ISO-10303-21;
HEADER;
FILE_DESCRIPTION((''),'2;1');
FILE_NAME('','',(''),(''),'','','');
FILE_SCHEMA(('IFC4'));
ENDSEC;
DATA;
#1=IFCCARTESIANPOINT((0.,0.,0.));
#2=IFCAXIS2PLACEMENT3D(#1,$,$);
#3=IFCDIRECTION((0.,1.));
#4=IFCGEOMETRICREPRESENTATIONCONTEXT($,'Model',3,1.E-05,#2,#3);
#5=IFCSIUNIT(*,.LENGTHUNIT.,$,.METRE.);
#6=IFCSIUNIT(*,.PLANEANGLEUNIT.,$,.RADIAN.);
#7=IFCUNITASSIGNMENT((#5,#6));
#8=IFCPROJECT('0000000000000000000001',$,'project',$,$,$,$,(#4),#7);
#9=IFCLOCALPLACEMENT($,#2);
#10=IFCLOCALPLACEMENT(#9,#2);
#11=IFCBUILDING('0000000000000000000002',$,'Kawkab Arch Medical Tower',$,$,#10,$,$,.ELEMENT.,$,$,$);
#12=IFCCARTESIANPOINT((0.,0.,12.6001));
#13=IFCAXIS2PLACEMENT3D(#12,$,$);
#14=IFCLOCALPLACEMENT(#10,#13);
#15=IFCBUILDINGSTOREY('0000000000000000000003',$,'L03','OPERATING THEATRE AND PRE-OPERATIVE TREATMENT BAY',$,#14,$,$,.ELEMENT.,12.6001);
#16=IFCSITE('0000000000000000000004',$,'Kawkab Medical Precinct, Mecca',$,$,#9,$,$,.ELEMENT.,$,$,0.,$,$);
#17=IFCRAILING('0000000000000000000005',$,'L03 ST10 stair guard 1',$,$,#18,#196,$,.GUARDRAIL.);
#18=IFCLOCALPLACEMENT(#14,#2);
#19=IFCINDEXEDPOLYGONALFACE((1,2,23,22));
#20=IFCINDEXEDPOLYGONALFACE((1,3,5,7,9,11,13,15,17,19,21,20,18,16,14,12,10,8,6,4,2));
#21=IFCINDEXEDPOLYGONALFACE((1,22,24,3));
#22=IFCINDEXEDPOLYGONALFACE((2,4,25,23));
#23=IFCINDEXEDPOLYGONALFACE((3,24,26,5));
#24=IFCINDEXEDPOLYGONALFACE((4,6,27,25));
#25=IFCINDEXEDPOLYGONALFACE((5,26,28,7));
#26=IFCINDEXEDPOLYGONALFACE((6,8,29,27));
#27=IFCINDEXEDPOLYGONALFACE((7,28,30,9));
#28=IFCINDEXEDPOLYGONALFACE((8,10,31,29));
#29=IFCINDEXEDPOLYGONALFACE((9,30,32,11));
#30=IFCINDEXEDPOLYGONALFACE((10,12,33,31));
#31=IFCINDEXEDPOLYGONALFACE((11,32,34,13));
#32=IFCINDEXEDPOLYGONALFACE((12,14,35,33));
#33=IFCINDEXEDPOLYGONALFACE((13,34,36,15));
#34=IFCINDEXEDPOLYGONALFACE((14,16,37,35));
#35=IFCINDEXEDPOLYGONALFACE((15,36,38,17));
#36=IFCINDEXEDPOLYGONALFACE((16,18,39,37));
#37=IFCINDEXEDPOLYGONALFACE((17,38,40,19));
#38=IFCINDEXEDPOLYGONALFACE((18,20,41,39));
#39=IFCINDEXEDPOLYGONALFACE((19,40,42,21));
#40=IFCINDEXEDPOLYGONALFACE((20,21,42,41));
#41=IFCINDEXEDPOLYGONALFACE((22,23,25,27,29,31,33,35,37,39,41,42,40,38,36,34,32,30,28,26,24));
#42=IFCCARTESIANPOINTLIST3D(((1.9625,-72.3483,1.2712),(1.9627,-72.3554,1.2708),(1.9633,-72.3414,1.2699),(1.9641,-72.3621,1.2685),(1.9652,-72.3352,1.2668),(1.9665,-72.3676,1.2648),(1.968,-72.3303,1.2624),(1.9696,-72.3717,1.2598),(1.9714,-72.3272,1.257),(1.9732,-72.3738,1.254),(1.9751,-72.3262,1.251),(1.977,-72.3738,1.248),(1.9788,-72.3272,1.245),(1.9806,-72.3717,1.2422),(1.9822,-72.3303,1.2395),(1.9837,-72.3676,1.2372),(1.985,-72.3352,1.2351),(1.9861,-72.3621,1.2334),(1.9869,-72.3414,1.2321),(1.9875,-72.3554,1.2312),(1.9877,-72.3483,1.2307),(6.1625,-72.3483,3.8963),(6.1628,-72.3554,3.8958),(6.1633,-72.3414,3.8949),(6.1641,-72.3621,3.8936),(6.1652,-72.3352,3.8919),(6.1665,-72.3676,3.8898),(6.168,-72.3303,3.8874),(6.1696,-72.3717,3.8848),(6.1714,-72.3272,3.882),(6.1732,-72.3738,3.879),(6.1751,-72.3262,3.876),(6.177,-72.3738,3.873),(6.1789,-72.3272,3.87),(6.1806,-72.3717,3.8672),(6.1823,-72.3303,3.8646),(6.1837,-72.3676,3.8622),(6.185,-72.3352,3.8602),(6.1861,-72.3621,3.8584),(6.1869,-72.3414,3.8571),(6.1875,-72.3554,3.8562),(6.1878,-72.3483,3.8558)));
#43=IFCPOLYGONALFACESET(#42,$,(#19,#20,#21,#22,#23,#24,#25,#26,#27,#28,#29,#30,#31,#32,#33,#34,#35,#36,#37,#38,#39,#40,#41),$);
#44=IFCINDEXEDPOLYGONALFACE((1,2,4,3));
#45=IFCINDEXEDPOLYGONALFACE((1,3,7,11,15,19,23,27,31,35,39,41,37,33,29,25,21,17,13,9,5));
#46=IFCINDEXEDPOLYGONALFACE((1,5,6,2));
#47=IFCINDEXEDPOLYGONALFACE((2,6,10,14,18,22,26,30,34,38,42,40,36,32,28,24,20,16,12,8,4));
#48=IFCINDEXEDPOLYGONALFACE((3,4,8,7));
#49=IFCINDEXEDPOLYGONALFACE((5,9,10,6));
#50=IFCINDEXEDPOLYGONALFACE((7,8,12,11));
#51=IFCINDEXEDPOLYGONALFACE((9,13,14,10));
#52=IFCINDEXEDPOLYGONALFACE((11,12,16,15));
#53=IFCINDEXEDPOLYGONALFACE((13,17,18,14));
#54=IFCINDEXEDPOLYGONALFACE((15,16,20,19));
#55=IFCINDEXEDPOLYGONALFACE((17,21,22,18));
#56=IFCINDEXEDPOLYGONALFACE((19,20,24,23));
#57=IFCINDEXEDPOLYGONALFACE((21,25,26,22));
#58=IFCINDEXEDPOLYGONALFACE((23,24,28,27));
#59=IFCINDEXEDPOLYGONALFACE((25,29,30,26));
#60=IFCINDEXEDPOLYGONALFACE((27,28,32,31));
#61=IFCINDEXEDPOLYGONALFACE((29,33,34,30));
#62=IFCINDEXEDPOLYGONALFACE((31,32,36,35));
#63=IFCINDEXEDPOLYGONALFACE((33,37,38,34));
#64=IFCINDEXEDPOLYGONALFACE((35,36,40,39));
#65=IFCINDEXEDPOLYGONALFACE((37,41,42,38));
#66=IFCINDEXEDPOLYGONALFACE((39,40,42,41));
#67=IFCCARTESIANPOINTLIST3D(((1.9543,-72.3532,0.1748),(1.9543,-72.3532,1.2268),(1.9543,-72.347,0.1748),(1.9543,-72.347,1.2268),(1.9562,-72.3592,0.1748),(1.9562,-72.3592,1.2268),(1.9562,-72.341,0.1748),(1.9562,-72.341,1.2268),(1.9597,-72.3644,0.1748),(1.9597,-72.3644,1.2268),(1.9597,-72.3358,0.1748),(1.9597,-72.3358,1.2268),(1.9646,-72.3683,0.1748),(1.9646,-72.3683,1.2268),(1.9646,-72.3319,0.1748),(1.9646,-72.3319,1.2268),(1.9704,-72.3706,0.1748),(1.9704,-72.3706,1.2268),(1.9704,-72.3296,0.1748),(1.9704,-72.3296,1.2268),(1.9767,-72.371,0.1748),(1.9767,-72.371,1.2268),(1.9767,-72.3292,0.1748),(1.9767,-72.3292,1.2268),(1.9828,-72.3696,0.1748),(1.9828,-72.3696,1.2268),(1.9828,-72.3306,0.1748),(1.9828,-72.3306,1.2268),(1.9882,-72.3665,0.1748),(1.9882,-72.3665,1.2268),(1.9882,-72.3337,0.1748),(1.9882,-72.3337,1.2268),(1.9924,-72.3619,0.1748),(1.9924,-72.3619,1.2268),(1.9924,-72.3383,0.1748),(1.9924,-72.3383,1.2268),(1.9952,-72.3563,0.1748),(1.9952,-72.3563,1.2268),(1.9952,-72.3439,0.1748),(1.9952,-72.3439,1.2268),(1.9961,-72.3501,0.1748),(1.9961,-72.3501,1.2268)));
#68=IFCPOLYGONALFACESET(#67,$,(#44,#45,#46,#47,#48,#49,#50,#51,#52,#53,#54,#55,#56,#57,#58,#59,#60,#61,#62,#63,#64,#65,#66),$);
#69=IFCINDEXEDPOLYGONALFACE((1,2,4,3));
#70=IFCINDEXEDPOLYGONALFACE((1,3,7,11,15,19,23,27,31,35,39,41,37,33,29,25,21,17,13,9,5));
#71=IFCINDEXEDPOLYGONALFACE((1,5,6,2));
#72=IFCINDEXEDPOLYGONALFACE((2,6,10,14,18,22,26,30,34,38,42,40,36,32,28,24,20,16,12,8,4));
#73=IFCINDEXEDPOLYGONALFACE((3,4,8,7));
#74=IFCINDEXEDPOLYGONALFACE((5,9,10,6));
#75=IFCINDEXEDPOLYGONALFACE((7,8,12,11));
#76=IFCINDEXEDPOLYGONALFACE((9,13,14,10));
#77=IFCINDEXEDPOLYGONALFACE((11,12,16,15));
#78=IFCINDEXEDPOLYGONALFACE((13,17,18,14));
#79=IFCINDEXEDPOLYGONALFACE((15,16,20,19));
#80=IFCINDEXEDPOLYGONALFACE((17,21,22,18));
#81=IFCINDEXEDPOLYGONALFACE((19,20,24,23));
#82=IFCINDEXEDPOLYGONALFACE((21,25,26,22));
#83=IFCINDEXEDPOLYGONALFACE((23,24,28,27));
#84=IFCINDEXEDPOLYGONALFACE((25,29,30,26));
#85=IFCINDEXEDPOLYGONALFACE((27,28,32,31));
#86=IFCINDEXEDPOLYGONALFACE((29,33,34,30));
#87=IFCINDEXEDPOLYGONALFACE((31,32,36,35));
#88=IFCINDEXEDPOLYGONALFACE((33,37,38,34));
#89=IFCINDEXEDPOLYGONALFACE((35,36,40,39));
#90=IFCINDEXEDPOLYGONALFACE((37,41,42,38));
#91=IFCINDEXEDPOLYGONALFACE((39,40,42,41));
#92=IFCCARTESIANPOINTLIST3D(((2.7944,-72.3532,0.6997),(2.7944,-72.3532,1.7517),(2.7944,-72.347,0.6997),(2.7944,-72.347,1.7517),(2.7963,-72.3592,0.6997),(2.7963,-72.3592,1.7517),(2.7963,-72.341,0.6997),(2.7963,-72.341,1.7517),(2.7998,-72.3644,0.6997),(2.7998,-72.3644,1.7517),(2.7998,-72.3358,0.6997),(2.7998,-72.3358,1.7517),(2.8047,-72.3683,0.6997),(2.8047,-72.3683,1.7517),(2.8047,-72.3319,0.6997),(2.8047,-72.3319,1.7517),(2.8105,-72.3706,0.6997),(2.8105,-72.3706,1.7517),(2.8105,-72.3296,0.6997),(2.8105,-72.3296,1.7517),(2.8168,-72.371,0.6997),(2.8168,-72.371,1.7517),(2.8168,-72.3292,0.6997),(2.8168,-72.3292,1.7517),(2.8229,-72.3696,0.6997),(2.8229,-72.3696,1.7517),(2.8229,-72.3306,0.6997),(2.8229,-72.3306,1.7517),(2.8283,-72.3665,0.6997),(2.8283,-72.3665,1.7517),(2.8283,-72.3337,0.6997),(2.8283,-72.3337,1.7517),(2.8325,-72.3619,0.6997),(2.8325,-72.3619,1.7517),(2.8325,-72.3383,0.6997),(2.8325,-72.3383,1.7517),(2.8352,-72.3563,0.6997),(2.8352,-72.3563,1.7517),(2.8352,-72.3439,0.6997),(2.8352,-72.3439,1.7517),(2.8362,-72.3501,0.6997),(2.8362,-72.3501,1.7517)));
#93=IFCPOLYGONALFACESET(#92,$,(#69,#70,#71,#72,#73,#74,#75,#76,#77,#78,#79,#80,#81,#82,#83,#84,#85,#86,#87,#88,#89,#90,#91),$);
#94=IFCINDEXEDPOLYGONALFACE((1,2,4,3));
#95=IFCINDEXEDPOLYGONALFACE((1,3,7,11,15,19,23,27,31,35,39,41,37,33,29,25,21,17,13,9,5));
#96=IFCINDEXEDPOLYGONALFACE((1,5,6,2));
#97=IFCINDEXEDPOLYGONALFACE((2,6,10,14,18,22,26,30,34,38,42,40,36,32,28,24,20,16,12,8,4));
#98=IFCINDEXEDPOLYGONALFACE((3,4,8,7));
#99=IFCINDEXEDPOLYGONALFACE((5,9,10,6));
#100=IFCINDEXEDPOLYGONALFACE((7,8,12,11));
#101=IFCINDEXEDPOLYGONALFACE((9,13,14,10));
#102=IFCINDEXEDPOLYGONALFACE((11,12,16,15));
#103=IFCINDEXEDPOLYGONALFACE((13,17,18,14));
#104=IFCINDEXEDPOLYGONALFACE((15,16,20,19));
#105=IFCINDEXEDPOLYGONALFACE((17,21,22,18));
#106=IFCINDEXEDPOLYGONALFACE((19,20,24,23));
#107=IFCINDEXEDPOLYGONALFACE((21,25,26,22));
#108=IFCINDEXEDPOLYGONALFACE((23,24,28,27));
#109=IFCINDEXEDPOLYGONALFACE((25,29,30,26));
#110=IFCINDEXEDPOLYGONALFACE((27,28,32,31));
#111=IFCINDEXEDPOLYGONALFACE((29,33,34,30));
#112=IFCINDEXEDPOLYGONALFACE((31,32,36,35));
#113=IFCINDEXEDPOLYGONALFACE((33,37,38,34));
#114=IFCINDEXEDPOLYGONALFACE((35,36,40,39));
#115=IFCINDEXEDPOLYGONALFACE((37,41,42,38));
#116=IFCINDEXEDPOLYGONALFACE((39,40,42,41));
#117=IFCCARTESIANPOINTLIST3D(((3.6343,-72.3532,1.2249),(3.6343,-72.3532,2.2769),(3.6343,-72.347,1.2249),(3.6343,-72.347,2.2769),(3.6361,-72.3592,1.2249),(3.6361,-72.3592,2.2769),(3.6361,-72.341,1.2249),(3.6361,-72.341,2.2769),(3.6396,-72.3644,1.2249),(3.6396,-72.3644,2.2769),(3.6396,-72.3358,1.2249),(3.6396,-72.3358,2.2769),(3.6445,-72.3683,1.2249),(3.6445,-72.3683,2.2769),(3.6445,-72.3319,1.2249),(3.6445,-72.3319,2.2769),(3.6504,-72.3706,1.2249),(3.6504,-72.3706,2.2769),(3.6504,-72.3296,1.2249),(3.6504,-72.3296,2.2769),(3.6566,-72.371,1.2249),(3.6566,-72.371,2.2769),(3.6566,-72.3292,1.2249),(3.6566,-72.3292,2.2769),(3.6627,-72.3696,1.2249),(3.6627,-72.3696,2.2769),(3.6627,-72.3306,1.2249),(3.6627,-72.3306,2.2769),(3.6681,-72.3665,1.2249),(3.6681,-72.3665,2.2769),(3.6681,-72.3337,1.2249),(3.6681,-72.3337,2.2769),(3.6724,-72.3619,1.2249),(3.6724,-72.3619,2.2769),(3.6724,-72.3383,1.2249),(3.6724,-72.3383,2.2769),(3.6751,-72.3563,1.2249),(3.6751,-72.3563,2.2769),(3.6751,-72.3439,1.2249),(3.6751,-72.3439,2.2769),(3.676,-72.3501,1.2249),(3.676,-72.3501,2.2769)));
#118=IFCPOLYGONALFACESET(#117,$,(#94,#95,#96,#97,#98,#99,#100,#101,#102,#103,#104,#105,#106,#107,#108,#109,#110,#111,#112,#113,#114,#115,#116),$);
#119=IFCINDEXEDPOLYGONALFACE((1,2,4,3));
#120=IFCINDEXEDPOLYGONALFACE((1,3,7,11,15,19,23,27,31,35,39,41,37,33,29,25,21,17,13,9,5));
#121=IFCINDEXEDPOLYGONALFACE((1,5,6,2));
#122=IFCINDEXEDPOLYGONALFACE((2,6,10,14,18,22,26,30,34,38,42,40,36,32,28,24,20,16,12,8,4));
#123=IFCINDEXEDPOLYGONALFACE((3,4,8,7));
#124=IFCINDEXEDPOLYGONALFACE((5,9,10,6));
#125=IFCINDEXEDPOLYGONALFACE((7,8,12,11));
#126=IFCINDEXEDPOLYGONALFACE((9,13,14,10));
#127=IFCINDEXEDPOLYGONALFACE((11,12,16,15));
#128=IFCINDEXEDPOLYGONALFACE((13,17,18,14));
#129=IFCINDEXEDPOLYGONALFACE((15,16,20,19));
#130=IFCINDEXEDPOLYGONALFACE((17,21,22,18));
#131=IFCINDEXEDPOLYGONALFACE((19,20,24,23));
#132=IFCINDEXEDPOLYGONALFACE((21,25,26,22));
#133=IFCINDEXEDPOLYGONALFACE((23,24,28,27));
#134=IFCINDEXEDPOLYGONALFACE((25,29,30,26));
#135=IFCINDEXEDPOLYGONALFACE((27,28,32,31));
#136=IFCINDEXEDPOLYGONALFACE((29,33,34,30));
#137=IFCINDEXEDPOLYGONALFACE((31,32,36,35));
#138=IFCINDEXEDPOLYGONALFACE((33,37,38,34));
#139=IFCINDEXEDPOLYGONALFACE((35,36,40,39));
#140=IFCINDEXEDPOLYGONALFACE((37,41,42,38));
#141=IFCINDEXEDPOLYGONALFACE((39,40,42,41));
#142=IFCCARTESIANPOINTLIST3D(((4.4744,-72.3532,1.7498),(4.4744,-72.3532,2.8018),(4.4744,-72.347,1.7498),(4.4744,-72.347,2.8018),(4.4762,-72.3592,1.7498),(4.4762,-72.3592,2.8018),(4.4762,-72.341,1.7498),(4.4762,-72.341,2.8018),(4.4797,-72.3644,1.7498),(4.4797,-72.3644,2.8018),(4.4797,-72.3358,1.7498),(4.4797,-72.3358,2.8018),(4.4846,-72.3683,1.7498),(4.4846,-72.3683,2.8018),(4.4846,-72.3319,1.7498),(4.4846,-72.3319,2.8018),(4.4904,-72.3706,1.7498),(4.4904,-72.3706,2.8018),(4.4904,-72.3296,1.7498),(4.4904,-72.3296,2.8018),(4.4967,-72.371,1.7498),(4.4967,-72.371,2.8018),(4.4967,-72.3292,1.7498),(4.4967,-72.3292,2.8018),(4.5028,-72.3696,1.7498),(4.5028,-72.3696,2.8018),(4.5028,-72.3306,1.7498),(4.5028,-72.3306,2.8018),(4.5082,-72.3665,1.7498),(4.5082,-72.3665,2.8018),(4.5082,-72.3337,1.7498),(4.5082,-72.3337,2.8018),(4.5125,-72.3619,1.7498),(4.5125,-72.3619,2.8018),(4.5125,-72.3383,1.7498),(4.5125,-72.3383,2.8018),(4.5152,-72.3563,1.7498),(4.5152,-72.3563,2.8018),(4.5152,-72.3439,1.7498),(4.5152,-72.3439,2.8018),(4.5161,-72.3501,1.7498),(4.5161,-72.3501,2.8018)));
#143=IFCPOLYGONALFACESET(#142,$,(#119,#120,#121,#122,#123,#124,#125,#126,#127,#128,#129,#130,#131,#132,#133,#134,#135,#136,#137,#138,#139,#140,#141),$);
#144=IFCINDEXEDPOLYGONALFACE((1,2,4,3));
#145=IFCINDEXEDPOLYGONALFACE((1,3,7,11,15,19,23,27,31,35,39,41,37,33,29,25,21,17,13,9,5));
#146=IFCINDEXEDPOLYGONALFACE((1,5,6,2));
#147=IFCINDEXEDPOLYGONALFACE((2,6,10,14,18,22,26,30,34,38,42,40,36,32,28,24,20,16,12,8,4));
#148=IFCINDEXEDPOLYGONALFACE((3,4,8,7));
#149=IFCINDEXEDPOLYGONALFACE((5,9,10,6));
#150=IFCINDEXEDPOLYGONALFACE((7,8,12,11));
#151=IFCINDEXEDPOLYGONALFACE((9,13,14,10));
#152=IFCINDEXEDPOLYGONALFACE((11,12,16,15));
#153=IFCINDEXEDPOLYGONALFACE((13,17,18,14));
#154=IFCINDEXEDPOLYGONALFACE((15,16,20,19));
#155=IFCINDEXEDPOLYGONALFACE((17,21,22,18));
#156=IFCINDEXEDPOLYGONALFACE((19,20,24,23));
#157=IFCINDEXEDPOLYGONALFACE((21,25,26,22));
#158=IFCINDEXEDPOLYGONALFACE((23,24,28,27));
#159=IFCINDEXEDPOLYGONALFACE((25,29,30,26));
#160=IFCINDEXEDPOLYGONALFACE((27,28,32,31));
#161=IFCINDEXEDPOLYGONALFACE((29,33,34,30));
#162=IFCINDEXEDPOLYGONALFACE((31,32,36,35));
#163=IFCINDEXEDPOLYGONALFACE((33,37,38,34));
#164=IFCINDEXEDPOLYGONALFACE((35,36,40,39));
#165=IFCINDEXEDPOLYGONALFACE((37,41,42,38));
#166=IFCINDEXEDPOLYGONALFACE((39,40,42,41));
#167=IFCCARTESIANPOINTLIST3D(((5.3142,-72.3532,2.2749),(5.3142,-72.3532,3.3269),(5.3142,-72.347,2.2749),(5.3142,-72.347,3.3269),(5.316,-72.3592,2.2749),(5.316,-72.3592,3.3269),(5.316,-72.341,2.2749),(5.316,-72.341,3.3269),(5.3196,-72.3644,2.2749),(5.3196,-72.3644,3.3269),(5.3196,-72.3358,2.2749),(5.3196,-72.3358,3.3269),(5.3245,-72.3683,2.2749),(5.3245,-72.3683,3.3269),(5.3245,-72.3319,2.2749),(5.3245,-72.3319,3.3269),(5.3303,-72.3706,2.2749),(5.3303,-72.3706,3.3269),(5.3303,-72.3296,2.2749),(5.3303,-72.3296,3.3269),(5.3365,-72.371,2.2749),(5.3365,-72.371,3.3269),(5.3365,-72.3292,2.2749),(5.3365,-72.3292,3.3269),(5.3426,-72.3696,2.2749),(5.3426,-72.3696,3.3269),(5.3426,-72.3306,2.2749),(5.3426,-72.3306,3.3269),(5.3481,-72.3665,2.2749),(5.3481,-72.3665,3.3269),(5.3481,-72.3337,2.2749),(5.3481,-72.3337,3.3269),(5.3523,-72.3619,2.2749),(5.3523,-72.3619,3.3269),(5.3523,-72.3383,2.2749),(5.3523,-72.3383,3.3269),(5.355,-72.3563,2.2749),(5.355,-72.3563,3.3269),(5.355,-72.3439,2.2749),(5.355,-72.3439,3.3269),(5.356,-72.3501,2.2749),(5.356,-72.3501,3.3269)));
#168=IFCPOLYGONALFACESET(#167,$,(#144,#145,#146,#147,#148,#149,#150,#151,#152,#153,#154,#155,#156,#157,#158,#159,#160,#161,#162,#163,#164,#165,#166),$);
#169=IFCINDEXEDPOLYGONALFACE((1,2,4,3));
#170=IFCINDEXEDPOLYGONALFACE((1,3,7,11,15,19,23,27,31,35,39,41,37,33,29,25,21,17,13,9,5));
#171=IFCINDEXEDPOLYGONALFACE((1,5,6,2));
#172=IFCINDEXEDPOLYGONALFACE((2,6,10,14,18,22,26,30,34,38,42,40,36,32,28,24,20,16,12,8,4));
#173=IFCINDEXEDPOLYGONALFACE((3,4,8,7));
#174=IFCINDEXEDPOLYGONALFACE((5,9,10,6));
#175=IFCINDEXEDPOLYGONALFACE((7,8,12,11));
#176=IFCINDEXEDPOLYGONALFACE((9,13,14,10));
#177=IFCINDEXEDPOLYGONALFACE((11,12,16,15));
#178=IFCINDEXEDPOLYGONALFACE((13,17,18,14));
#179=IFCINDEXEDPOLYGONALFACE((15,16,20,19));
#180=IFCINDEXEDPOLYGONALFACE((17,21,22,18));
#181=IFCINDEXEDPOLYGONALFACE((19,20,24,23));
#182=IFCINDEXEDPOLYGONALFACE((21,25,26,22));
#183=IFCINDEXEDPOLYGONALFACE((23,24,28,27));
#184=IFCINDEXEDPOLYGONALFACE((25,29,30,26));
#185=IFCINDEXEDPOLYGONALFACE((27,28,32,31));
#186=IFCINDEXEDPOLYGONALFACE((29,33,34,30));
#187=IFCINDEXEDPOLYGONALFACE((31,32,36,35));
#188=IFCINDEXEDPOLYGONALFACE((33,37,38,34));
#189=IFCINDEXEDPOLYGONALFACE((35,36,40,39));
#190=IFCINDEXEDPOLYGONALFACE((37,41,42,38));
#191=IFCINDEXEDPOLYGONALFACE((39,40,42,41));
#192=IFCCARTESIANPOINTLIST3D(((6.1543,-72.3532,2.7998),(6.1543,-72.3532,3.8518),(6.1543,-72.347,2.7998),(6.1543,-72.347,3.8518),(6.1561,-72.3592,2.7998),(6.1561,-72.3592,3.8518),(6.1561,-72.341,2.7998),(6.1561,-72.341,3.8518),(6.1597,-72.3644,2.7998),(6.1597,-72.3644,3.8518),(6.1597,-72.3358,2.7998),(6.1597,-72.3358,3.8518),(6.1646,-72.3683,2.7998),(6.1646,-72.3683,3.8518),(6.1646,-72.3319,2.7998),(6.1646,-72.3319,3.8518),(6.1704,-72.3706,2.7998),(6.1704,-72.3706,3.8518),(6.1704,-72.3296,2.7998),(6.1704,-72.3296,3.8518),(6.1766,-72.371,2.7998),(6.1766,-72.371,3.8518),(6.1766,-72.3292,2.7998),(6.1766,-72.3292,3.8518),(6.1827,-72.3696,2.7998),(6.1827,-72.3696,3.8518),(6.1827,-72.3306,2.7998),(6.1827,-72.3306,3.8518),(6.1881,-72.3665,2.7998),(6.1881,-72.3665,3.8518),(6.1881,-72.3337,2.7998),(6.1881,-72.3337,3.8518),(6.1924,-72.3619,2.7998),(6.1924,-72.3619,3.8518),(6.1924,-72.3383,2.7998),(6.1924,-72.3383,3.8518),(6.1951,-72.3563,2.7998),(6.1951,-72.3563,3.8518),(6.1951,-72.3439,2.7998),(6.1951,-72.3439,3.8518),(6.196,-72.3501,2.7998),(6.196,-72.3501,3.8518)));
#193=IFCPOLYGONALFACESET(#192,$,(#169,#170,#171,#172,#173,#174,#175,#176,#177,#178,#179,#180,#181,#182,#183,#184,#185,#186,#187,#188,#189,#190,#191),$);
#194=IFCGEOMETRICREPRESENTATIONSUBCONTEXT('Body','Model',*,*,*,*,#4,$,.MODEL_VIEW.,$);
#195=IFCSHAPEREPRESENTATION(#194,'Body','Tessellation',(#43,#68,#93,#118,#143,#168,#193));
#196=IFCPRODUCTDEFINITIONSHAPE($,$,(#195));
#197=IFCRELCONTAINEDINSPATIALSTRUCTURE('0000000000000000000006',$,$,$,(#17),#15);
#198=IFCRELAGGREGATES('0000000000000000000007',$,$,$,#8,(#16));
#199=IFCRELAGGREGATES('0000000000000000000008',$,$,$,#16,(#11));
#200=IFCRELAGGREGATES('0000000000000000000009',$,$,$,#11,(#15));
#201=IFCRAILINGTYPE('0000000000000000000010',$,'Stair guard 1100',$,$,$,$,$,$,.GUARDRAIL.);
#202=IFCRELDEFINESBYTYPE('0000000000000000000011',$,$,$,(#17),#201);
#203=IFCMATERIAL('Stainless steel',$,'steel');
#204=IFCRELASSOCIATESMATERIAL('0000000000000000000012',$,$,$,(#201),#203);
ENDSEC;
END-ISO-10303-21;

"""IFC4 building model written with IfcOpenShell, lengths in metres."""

from ifc_helpers import new_model, si_unit, direction, frame, origin, origin_2d, place, context, subcontext, project, spatial, circle, extrude, material, type_object, element, save


model = new_model("IFC4")

# Units and contexts
model_context = context("Model", 3, precision=1e-05, world=origin(), true_north=direction((0.0, 1.0)))
body_context = subcontext(model_context, "Body", "Model", "MODEL_VIEW")
ifc_project = project(units=[si_unit("LENGTHUNIT", "METRE"), si_unit("PLANEANGLEUNIT", "RADIAN")], contexts=[model_context])

# Site, building, storey
site_placement = place(None, origin())
site = spatial("IfcSite", under=ifc_project, at=site_placement, Name="Kawkab Medical Precinct, Mecca", CompositionType="ELEMENT", RefElevation=0.0)
building_placement = place(site_placement, origin())
building = spatial("IfcBuilding", under=site, at=building_placement, Name="Kawkab Arch Medical Tower", CompositionType="ELEMENT")
storey_placement = place(building_placement, frame((0.0, 0.0, 12.6001)))
storey = spatial("IfcBuildingStorey", under=building, at=storey_placement, Name="L03", Description="OPERATING THEATRE AND PRE-OPERATIVE TREATMENT BAY", CompositionType="ELEMENT", Elevation=12.6001)

# Railing
ifc_material_1 = material(Name="Stainless steel", Category="steel")
railing_type = type_object("IfcRailingType", Name="Stair guard 1100", PredefinedType="GUARDRAIL", material=ifc_material_1)
railing_1_placement = place(storey_placement, frame((1.9751, -72.3501, 0.1748)))
element("IfcRailing", 1, at=railing_1_placement, inside=storey, type_object=railing_type, Name="L03 ST10 stair guard 1", PredefinedType="GUARDRAIL", context=body_context, shape_type="SweptSolid", body=[
    extrude(circle(Radius=0.0239, at=origin_2d()), frame((0.0, 0.0, 1.0762), z_axis=(0.847996, 0.0, 0.530003), x_axis=(0.0, 1.0, 0.0)), (0.0, 0.0, 1.0), 4.9529),
    extrude(circle(Radius=0.021, at=origin_2d()), origin(), (0.0, 0.0, 1.0), 1.052),
    extrude(circle(Radius=0.021, at=origin_2d()), frame((0.8401, 0.0, 0.5249)), (0.0, 0.0, 1.0), 1.052),
    extrude(circle(Radius=0.021, at=origin_2d()), frame((1.6799, 0.0, 1.05)), (0.0, 0.0, 1.0), 1.052),
    extrude(circle(Radius=0.021, at=origin_2d()), frame((2.52, 0.0, 1.575)), (0.0, 0.0, 1.0), 1.052),
    extrude(circle(Radius=0.021, at=origin_2d()), frame((3.3599, 0.0, 2.1001)), (0.0, 0.0, 1.0), 1.052),
    extrude(circle(Radius=0.021, at=origin_2d()), frame((4.2, 0.0, 2.625)), (0.0, 0.0, 1.0), 1.052),
])

save(model, "model.ifc")
